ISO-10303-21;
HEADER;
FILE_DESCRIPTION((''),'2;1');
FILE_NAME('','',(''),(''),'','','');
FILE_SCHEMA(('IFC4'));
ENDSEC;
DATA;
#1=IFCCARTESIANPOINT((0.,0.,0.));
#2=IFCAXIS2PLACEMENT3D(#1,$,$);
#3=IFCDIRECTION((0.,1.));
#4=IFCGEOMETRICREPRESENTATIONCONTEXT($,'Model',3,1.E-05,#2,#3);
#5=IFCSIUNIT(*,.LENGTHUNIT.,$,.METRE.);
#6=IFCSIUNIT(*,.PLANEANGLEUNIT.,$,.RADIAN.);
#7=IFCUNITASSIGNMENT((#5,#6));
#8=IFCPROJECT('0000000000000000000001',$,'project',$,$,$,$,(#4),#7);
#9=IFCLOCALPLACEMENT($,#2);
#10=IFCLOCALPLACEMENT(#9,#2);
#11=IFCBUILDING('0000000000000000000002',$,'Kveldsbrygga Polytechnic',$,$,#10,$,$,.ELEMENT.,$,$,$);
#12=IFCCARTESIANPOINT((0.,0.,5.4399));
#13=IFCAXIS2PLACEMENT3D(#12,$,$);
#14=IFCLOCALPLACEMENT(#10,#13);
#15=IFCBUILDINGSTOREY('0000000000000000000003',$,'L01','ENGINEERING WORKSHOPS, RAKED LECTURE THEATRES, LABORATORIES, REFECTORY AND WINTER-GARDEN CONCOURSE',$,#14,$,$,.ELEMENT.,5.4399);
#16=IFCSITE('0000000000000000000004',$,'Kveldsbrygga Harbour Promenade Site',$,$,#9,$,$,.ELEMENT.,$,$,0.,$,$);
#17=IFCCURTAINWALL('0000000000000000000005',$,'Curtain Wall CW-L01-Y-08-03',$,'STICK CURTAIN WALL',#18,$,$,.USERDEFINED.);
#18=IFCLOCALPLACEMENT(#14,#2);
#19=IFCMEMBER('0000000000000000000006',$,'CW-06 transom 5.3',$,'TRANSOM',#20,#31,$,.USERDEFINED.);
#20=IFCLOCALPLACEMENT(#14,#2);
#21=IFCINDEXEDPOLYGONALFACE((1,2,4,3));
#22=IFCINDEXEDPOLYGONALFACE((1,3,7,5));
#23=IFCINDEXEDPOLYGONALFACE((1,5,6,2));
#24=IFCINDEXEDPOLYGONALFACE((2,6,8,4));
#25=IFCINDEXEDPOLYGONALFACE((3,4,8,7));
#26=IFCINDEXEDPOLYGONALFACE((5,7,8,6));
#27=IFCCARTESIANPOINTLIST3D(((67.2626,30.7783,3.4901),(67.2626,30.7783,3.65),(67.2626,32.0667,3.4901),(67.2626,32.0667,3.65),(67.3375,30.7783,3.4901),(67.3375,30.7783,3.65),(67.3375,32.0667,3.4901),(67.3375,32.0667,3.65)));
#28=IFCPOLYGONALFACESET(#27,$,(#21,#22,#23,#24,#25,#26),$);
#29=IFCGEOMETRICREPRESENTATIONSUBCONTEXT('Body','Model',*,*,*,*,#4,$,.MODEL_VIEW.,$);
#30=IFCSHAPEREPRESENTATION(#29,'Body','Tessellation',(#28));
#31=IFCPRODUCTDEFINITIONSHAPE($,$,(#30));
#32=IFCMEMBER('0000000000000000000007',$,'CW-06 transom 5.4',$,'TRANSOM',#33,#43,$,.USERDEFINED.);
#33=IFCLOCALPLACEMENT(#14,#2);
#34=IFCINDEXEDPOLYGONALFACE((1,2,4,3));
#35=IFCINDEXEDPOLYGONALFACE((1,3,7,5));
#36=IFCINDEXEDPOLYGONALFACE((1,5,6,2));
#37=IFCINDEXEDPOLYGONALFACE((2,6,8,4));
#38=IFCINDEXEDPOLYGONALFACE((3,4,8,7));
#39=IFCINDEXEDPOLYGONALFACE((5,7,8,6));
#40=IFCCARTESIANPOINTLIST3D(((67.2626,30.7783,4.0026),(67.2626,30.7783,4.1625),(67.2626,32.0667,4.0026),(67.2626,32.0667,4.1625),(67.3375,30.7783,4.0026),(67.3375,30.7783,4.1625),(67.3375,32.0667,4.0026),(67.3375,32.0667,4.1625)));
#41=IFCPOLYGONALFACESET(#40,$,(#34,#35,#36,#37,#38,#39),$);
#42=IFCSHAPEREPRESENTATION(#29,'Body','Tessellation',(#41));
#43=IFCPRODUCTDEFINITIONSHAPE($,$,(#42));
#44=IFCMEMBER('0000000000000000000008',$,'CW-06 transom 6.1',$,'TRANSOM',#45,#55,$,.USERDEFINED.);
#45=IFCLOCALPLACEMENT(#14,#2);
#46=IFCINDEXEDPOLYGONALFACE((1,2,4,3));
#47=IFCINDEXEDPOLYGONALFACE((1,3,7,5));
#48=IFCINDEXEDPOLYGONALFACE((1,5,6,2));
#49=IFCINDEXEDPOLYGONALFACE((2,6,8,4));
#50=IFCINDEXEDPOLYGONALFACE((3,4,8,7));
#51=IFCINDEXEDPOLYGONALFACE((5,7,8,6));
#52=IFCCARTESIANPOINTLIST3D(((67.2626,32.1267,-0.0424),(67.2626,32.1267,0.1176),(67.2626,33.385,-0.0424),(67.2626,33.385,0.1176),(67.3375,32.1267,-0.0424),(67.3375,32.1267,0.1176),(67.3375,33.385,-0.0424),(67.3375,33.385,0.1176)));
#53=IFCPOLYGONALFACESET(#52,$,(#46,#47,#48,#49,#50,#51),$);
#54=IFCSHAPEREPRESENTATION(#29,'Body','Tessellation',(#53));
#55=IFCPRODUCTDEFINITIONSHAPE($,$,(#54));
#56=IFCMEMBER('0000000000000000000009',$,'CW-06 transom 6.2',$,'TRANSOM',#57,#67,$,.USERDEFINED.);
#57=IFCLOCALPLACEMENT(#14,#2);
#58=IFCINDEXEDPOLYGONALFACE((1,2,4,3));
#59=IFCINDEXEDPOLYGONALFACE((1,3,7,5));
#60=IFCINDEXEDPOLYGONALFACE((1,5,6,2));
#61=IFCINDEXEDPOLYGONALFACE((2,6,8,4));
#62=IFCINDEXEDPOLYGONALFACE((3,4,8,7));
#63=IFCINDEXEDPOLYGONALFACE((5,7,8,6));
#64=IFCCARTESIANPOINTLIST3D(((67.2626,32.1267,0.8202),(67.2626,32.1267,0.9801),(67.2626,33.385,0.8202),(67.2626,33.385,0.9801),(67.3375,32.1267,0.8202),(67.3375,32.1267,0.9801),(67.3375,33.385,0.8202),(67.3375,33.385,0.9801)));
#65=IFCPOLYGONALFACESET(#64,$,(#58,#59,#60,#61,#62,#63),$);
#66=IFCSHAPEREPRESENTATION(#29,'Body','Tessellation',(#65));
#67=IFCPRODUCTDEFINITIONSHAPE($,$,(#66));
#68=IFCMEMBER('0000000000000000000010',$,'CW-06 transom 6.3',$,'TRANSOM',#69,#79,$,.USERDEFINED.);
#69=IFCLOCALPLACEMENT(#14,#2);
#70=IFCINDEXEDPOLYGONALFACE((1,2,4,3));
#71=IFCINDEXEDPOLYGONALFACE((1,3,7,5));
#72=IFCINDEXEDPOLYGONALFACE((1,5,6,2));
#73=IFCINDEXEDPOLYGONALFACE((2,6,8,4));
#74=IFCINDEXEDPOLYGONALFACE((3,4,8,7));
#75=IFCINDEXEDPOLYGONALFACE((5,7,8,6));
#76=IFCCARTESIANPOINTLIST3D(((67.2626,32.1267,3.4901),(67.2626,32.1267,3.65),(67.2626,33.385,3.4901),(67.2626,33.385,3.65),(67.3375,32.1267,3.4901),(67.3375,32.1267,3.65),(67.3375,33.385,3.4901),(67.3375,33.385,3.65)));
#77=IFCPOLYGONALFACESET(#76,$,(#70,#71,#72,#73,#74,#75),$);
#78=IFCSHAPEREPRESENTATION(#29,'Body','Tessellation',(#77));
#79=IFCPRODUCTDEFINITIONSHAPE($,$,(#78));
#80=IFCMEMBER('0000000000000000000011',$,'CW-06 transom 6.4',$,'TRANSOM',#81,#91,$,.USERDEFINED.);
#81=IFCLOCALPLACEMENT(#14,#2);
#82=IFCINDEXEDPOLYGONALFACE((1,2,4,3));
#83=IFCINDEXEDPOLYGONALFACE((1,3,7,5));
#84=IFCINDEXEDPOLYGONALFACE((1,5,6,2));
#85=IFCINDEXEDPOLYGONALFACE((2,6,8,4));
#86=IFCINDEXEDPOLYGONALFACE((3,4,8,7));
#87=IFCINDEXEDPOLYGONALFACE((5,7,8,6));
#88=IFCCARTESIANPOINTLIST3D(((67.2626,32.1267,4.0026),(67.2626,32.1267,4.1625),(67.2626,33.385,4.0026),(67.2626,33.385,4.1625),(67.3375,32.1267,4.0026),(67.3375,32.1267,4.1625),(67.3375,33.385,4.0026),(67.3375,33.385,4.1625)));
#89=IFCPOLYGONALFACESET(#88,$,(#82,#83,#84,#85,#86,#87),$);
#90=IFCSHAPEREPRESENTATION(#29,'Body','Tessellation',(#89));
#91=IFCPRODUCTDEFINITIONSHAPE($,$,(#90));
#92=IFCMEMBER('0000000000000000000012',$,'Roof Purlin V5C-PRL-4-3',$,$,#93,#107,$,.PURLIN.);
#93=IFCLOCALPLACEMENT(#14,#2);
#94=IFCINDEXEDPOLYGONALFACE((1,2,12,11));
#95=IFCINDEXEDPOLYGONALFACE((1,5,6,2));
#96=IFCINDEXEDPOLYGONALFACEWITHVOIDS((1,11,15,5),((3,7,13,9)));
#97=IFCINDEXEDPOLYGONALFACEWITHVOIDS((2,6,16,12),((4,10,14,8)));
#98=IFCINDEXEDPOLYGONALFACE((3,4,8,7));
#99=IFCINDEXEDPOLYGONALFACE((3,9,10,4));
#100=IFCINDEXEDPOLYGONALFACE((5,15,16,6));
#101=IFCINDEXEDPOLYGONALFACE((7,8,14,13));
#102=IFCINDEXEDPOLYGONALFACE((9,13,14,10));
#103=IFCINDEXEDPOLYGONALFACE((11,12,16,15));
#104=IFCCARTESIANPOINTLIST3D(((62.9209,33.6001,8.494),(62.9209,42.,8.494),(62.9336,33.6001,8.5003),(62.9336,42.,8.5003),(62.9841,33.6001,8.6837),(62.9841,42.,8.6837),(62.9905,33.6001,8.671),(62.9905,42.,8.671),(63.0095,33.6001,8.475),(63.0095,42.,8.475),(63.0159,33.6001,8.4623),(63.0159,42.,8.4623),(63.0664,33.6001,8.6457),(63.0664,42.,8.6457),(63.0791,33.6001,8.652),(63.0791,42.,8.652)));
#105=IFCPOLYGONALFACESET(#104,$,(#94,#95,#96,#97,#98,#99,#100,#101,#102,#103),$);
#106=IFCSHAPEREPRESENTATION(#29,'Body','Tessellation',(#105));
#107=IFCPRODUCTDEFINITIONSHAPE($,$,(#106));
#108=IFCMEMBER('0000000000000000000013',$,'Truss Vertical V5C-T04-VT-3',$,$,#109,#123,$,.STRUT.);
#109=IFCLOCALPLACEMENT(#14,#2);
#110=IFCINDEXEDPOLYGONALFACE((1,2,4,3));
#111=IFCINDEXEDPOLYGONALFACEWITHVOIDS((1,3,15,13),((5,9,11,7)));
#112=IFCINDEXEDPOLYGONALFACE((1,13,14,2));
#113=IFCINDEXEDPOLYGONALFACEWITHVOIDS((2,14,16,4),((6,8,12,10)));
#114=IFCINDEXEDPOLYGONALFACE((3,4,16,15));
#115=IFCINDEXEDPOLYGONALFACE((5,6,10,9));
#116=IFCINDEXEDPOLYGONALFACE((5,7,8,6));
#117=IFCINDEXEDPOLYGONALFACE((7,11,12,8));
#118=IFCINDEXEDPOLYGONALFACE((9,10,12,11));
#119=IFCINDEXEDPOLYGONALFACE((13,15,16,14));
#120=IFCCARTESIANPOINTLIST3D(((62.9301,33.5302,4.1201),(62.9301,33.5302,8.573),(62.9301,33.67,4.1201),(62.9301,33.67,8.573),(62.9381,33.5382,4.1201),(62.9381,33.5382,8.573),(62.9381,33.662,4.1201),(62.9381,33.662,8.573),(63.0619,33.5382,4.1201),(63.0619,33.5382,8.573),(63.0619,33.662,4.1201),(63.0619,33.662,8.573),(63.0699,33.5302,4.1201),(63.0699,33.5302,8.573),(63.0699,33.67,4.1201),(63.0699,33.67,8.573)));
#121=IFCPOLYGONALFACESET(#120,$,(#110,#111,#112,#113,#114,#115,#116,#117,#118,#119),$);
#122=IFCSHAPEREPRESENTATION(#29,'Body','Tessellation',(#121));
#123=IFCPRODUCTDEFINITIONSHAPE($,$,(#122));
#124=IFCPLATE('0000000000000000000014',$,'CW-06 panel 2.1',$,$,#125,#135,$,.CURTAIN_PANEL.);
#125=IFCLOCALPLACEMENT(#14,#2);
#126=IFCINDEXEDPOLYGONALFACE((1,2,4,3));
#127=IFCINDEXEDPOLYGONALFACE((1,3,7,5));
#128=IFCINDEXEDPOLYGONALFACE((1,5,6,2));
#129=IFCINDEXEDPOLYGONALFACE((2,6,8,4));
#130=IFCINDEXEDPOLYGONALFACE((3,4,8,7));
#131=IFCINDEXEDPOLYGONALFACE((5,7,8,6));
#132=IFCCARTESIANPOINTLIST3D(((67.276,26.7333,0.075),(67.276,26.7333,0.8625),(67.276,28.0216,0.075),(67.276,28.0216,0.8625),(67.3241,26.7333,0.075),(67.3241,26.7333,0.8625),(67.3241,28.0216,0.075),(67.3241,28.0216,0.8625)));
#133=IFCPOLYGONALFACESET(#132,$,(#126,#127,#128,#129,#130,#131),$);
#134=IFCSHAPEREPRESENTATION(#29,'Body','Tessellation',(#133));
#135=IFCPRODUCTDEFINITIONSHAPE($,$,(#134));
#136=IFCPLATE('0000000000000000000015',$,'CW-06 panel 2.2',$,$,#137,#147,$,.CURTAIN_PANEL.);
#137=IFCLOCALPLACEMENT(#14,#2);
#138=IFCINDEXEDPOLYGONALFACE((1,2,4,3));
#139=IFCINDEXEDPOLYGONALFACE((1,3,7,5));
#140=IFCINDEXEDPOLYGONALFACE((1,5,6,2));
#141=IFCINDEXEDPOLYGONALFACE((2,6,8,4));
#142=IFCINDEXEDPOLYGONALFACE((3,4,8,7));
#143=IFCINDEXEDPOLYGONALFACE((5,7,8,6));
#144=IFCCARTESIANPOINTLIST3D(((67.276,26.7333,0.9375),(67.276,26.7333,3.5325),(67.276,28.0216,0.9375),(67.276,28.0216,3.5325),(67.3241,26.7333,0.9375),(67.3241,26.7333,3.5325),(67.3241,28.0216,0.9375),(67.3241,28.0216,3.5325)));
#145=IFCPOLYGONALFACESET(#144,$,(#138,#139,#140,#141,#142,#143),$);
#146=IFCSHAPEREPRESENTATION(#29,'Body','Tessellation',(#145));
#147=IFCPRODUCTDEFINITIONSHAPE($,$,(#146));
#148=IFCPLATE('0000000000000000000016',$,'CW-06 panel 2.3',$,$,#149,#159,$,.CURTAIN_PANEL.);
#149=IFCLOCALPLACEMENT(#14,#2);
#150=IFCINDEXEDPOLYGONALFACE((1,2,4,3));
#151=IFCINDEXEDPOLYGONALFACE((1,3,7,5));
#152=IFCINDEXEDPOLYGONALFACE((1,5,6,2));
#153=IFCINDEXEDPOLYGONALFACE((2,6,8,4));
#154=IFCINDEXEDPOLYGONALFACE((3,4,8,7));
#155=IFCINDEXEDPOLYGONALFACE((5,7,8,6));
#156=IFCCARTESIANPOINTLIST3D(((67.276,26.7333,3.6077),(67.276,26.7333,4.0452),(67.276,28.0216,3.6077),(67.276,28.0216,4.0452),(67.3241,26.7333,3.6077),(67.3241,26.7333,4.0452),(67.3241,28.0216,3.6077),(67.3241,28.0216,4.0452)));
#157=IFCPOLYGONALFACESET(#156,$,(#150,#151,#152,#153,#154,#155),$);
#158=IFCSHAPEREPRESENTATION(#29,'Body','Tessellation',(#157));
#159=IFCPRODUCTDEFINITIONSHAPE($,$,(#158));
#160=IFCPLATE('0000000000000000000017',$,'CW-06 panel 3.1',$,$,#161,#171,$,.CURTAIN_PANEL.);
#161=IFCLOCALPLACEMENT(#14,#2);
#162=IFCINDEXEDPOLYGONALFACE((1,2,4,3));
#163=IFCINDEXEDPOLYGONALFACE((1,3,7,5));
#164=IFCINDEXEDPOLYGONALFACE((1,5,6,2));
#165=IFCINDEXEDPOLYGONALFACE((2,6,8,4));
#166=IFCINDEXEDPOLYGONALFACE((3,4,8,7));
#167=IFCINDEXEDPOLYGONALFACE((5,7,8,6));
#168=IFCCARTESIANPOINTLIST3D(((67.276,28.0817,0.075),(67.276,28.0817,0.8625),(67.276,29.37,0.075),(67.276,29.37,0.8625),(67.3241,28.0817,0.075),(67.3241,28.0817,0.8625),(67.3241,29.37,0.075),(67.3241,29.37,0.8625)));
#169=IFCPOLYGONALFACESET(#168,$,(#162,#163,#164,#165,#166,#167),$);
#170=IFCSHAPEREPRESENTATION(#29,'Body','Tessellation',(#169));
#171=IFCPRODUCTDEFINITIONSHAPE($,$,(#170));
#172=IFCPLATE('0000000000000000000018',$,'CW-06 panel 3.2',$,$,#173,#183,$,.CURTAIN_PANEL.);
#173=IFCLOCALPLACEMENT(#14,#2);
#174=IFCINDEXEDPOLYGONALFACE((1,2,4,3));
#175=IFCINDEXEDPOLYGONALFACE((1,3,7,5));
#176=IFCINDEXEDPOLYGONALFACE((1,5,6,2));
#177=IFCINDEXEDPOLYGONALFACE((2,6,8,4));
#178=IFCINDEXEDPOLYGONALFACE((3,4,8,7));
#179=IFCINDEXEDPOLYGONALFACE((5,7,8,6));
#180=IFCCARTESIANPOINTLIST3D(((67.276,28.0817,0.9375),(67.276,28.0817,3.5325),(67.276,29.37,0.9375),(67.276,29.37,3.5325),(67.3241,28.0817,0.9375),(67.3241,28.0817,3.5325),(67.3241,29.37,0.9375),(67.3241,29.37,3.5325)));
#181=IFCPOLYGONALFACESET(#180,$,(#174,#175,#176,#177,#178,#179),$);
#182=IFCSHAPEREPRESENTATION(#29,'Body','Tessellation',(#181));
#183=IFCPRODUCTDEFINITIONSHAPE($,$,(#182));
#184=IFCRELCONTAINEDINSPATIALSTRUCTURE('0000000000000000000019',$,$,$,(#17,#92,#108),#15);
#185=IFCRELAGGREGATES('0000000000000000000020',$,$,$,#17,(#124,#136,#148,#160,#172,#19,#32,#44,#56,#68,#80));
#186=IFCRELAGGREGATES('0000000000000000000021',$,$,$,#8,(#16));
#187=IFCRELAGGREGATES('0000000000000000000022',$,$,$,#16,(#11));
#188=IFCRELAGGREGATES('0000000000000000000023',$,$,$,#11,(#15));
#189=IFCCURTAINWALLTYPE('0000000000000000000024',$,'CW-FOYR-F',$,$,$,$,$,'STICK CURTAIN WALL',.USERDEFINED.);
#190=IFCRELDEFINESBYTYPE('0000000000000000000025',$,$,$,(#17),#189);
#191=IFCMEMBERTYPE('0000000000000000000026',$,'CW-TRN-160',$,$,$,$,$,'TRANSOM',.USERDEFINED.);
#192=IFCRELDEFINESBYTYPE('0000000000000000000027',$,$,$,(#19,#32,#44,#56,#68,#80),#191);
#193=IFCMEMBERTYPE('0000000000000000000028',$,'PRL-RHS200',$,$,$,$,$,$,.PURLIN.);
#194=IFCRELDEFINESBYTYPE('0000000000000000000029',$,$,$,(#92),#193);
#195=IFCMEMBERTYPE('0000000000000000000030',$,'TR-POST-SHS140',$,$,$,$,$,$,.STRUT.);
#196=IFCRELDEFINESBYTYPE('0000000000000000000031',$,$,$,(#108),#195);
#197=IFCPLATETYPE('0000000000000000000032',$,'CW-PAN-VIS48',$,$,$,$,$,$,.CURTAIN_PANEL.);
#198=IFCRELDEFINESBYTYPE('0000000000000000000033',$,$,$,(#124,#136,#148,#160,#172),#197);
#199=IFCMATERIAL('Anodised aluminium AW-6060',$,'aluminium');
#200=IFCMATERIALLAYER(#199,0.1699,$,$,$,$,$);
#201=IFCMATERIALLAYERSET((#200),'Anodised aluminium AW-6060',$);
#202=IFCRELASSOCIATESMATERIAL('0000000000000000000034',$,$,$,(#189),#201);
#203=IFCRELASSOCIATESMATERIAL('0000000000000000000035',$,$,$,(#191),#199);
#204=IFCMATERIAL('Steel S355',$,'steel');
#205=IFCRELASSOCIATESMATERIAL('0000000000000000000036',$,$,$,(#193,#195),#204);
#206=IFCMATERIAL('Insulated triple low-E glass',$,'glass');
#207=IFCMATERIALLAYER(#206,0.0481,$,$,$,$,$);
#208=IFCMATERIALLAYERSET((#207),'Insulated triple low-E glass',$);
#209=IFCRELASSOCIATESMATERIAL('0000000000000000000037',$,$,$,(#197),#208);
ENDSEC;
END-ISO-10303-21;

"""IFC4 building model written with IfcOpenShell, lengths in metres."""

from ifc_helpers import new_model, si_unit, direction, frame, origin, origin_2d, place, context, subcontext, project, spatial, rectangle, hollow_rectangle, extrude, material, layer, layer_set, material_profile, profile_set, type_object, element, aggregate, save


model = new_model("IFC4")

# Units and contexts
model_context = context("Model", 3, precision=1e-05, world=origin(), true_north=direction((0.0, 1.0)))
body_context = subcontext(model_context, "Body", "Model", "MODEL_VIEW")
ifc_project = project(units=[si_unit("LENGTHUNIT", "METRE"), si_unit("PLANEANGLEUNIT", "RADIAN")], contexts=[model_context])

# Site, building, storey
site_placement = place(None, origin())
site = spatial("IfcSite", under=ifc_project, at=site_placement, Name="Kveldsbrygga Harbour Promenade Site", CompositionType="ELEMENT", RefElevation=0.0)
building_placement = place(site_placement, origin())
building = spatial("IfcBuilding", under=site, at=building_placement, Name="Kveldsbrygga Polytechnic", CompositionType="ELEMENT")
storey_placement = place(building_placement, frame((0.0, 0.0, 5.4399)))
storey = spatial("IfcBuildingStorey", under=building, at=storey_placement, Name="L01", Description="ENGINEERING WORKSHOPS, RAKED LECTURE THEATRES, LABORATORIES, REFECTORY AND WINTER-GARDEN CONCOURSE", CompositionType="ELEMENT", Elevation=5.4399)

# Curtain wall, members
ifc_material_1 = material(Name="Anodised aluminium AW-6060", Category="aluminium")
ifc_layer_1 = layer(ifc_material_1, 0.1699)
ifc_layer_set_1 = layer_set([ifc_layer_1], Name="Anodised aluminium AW-6060")
curtain_wall_type = type_object("IfcCurtainWallType", Name="CW-FOYR-F", ElementType="STICK CURTAIN WALL", PredefinedType="USERDEFINED", material=ifc_layer_set_1)
curtain_wall_placement = place(storey_placement, origin())
curtain_wall = element("IfcCurtainWall", 1, at=curtain_wall_placement, inside=storey, type_object=curtain_wall_type, Name="Curtain Wall CW-L01-Y-08-03", ObjectType="STICK CURTAIN WALL", PredefinedType="USERDEFINED")
ifc_material_profile_1 = material_profile(ifc_material_1, rectangle(XDim=0.075, YDim=0.1599, at=origin_2d()), Name="ALU 75x160")
ifc_profile_set_1 = profile_set([ifc_material_profile_1], Name="Anodised aluminium AW-6060")
member_type_1 = type_object("IfcMemberType", Name="CW-TRN-160", ElementType="TRANSOM", PredefinedType="USERDEFINED", material=ifc_profile_set_1)
member_1_placement = place(storey_placement, frame((67.3, 30.7783, 3.5701), z_axis=(0.0, 1.0, 0.0), x_axis=(-1.0, 0.0, 0.0)))
member_1 = element("IfcMember", 2, at=member_1_placement, type_object=member_type_1, Name="CW-06 transom 5.3", ObjectType="TRANSOM", PredefinedType="USERDEFINED", context=body_context, shape_type="SweptSolid", body=[
    extrude(rectangle(XDim=0.075, YDim=0.1599, at=origin_2d()), origin(), (0.0, 0.0, 1.0), 1.2883),
])
member_2_placement = place(storey_placement, frame((67.3, 30.7783, 4.0825), z_axis=(0.0, 1.0, 0.0), x_axis=(-1.0, 0.0, 0.0)))
member_2 = element("IfcMember", 3, at=member_2_placement, type_object=member_type_1, Name="CW-06 transom 5.4", ObjectType="TRANSOM", PredefinedType="USERDEFINED", context=body_context, shape_type="SweptSolid", body=[
    extrude(rectangle(XDim=0.075, YDim=0.1599, at=origin_2d()), origin(), (0.0, 0.0, 1.0), 1.2883),
])
member_3_placement = place(storey_placement, frame((67.3, 32.1267, 0.0376), z_axis=(0.0, 1.0, 0.0), x_axis=(-1.0, 0.0, 0.0)))
member_3 = element("IfcMember", 4, at=member_3_placement, type_object=member_type_1, Name="CW-06 transom 6.1", ObjectType="TRANSOM", PredefinedType="USERDEFINED", context=body_context, shape_type="SweptSolid", body=[
    extrude(rectangle(XDim=0.075, YDim=0.1599, at=origin_2d()), origin(), (0.0, 0.0, 1.0), 1.2583),
])
member_4_placement = place(storey_placement, frame((67.3, 32.1267, 0.9001), z_axis=(0.0, 1.0, 0.0), x_axis=(-1.0, 0.0, 0.0)))
member_4 = element("IfcMember", 5, at=member_4_placement, type_object=member_type_1, Name="CW-06 transom 6.2", ObjectType="TRANSOM", PredefinedType="USERDEFINED", context=body_context, shape_type="SweptSolid", body=[
    extrude(rectangle(XDim=0.075, YDim=0.1599, at=origin_2d()), origin(), (0.0, 0.0, 1.0), 1.2583),
])
member_5_placement = place(storey_placement, frame((67.3, 32.1267, 3.5701), z_axis=(0.0, 1.0, 0.0), x_axis=(-1.0, 0.0, 0.0)))
member_5 = element("IfcMember", 6, at=member_5_placement, type_object=member_type_1, Name="CW-06 transom 6.3", ObjectType="TRANSOM", PredefinedType="USERDEFINED", context=body_context, shape_type="SweptSolid", body=[
    extrude(rectangle(XDim=0.075, YDim=0.1599, at=origin_2d()), origin(), (0.0, 0.0, 1.0), 1.2583),
])
member_6_placement = place(storey_placement, frame((67.3, 32.1267, 4.0825), z_axis=(0.0, 1.0, 0.0), x_axis=(-1.0, 0.0, 0.0)))
member_6 = element("IfcMember", 7, at=member_6_placement, type_object=member_type_1, Name="CW-06 transom 6.4", ObjectType="TRANSOM", PredefinedType="USERDEFINED", context=body_context, shape_type="SweptSolid", body=[
    extrude(rectangle(XDim=0.075, YDim=0.1599, at=origin_2d()), origin(), (0.0, 0.0, 1.0), 1.2583),
])

# Members
ifc_material_2 = material(Name="Steel S355", Category="steel")
ifc_material_profile_2 = material_profile(ifc_material_2, hollow_rectangle(XDim=0.1001, YDim=0.2, WallThickness=0.01, at=origin_2d()), Name="RHS 200x100x10.0")
ifc_profile_set_2 = profile_set([ifc_material_profile_2], Name="Steel S355")
member_type_2 = type_object("IfcMemberType", Name="PRL-RHS200", PredefinedType="PURLIN", material=ifc_profile_set_2)
member_7_placement = place(storey_placement, frame((63.0, 33.6001, 8.573), z_axis=(0.0, 1.0, 0.0), x_axis=(-0.948684, 0.0, 0.316227)))
element("IfcMember", 8, at=member_7_placement, inside=storey, type_object=member_type_2, Name="Roof Purlin V5C-PRL-4-3", PredefinedType="PURLIN", context=body_context, shape_type="SweptSolid", body=[
    extrude(hollow_rectangle(XDim=0.1001, YDim=0.2, WallThickness=0.01, at=origin_2d()), origin(), (0.0, 0.0, 1.0), 8.3999),
])
ifc_material_profile_3 = material_profile(ifc_material_2, hollow_rectangle(XDim=0.1399, YDim=0.1399, WallThickness=0.0081, at=origin_2d()), Name="SHS 140x140x8.0")
ifc_profile_set_3 = profile_set([ifc_material_profile_3], Name="Steel S355")
member_type_3 = type_object("IfcMemberType", Name="TR-POST-SHS140", PredefinedType="STRUT", material=ifc_profile_set_3)
member_8_placement = place(storey_placement, frame((63.0, 33.6001, 4.1201), z_axis=(0.0, 0.0, 1.0), x_axis=(1.0, 0.0, 0.0)))
element("IfcMember", 9, at=member_8_placement, inside=storey, type_object=member_type_3, Name="Truss Vertical V5C-T04-VT-3", PredefinedType="STRUT", context=body_context, shape_type="SweptSolid", body=[
    extrude(hollow_rectangle(XDim=0.1399, YDim=0.1399, WallThickness=0.0081, at=origin_2d()), origin(), (0.0, 0.0, 1.0), 4.4529),
])

# Plates
ifc_material_3 = material(Name="Insulated triple low-E glass", Category="glass")
ifc_layer_2 = layer(ifc_material_3, 0.0481)
ifc_layer_set_2 = layer_set([ifc_layer_2], Name="Insulated triple low-E glass")
plate_type_1 = type_object("IfcPlateType", Name="CW-PAN-VIS48", PredefinedType="CURTAIN_PANEL", material=ifc_layer_set_2)
plate_1_placement = place(storey_placement, frame((67.3, 27.3774, 0.075), z_axis=(0.0, 0.0, 1.0), x_axis=(0.0, 1.0, 0.0)))
plate_1 = element("IfcPlate", 10, at=plate_1_placement, type_object=plate_type_1, Name="CW-06 panel 2.1", PredefinedType="CURTAIN_PANEL", context=body_context, shape_type="SweptSolid", body=[
    extrude(rectangle(XDim=1.2883, YDim=0.0481, at=origin_2d()), origin(), (0.0, 0.0, 1.0), 0.7876),
])
plate_2_placement = place(storey_placement, frame((67.3, 27.3774, 0.9375), z_axis=(0.0, 0.0, 1.0), x_axis=(0.0, 1.0, 0.0)))
plate_2 = element("IfcPlate", 11, at=plate_2_placement, type_object=plate_type_1, Name="CW-06 panel 2.2", PredefinedType="CURTAIN_PANEL", context=body_context, shape_type="SweptSolid", body=[
    extrude(rectangle(XDim=1.2883, YDim=0.0481, at=origin_2d()), origin(), (0.0, 0.0, 1.0), 2.595),
])
plate_3_placement = place(storey_placement, frame((67.3, 27.3774, 3.6077), z_axis=(0.0, 0.0, 1.0), x_axis=(0.0, 1.0, 0.0)))
plate_3 = element("IfcPlate", 12, at=plate_3_placement, type_object=plate_type_1, Name="CW-06 panel 2.3", PredefinedType="CURTAIN_PANEL", context=body_context, shape_type="SweptSolid", body=[
    extrude(rectangle(XDim=1.2883, YDim=0.0481, at=origin_2d()), origin(), (0.0, 0.0, 1.0), 0.4375),
])
plate_4_placement = place(storey_placement, frame((67.3, 28.7258, 0.075), z_axis=(0.0, 0.0, 1.0), x_axis=(0.0, 1.0, 0.0)))
plate_4 = element("IfcPlate", 13, at=plate_4_placement, type_object=plate_type_1, Name="CW-06 panel 3.1", PredefinedType="CURTAIN_PANEL", context=body_context, shape_type="SweptSolid", body=[
    extrude(rectangle(XDim=1.2883, YDim=0.0481, at=origin_2d()), origin(), (0.0, 0.0, 1.0), 0.7876),
])
plate_5_placement = place(storey_placement, frame((67.3, 28.7258, 0.9375), z_axis=(0.0, 0.0, 1.0), x_axis=(0.0, 1.0, 0.0)))
plate_5 = element("IfcPlate", 14, at=plate_5_placement, type_object=plate_type_1, Name="CW-06 panel 3.2", PredefinedType="CURTAIN_PANEL", context=body_context, shape_type="SweptSolid", body=[
    extrude(rectangle(XDim=1.2883, YDim=0.0481, at=origin_2d()), origin(), (0.0, 0.0, 1.0), 2.595),
])
aggregate(curtain_wall, [plate_1, plate_2, plate_3, plate_4, plate_5, member_1, member_2, member_3, member_4, member_5, member_6])

save(model, "model.ifc")
